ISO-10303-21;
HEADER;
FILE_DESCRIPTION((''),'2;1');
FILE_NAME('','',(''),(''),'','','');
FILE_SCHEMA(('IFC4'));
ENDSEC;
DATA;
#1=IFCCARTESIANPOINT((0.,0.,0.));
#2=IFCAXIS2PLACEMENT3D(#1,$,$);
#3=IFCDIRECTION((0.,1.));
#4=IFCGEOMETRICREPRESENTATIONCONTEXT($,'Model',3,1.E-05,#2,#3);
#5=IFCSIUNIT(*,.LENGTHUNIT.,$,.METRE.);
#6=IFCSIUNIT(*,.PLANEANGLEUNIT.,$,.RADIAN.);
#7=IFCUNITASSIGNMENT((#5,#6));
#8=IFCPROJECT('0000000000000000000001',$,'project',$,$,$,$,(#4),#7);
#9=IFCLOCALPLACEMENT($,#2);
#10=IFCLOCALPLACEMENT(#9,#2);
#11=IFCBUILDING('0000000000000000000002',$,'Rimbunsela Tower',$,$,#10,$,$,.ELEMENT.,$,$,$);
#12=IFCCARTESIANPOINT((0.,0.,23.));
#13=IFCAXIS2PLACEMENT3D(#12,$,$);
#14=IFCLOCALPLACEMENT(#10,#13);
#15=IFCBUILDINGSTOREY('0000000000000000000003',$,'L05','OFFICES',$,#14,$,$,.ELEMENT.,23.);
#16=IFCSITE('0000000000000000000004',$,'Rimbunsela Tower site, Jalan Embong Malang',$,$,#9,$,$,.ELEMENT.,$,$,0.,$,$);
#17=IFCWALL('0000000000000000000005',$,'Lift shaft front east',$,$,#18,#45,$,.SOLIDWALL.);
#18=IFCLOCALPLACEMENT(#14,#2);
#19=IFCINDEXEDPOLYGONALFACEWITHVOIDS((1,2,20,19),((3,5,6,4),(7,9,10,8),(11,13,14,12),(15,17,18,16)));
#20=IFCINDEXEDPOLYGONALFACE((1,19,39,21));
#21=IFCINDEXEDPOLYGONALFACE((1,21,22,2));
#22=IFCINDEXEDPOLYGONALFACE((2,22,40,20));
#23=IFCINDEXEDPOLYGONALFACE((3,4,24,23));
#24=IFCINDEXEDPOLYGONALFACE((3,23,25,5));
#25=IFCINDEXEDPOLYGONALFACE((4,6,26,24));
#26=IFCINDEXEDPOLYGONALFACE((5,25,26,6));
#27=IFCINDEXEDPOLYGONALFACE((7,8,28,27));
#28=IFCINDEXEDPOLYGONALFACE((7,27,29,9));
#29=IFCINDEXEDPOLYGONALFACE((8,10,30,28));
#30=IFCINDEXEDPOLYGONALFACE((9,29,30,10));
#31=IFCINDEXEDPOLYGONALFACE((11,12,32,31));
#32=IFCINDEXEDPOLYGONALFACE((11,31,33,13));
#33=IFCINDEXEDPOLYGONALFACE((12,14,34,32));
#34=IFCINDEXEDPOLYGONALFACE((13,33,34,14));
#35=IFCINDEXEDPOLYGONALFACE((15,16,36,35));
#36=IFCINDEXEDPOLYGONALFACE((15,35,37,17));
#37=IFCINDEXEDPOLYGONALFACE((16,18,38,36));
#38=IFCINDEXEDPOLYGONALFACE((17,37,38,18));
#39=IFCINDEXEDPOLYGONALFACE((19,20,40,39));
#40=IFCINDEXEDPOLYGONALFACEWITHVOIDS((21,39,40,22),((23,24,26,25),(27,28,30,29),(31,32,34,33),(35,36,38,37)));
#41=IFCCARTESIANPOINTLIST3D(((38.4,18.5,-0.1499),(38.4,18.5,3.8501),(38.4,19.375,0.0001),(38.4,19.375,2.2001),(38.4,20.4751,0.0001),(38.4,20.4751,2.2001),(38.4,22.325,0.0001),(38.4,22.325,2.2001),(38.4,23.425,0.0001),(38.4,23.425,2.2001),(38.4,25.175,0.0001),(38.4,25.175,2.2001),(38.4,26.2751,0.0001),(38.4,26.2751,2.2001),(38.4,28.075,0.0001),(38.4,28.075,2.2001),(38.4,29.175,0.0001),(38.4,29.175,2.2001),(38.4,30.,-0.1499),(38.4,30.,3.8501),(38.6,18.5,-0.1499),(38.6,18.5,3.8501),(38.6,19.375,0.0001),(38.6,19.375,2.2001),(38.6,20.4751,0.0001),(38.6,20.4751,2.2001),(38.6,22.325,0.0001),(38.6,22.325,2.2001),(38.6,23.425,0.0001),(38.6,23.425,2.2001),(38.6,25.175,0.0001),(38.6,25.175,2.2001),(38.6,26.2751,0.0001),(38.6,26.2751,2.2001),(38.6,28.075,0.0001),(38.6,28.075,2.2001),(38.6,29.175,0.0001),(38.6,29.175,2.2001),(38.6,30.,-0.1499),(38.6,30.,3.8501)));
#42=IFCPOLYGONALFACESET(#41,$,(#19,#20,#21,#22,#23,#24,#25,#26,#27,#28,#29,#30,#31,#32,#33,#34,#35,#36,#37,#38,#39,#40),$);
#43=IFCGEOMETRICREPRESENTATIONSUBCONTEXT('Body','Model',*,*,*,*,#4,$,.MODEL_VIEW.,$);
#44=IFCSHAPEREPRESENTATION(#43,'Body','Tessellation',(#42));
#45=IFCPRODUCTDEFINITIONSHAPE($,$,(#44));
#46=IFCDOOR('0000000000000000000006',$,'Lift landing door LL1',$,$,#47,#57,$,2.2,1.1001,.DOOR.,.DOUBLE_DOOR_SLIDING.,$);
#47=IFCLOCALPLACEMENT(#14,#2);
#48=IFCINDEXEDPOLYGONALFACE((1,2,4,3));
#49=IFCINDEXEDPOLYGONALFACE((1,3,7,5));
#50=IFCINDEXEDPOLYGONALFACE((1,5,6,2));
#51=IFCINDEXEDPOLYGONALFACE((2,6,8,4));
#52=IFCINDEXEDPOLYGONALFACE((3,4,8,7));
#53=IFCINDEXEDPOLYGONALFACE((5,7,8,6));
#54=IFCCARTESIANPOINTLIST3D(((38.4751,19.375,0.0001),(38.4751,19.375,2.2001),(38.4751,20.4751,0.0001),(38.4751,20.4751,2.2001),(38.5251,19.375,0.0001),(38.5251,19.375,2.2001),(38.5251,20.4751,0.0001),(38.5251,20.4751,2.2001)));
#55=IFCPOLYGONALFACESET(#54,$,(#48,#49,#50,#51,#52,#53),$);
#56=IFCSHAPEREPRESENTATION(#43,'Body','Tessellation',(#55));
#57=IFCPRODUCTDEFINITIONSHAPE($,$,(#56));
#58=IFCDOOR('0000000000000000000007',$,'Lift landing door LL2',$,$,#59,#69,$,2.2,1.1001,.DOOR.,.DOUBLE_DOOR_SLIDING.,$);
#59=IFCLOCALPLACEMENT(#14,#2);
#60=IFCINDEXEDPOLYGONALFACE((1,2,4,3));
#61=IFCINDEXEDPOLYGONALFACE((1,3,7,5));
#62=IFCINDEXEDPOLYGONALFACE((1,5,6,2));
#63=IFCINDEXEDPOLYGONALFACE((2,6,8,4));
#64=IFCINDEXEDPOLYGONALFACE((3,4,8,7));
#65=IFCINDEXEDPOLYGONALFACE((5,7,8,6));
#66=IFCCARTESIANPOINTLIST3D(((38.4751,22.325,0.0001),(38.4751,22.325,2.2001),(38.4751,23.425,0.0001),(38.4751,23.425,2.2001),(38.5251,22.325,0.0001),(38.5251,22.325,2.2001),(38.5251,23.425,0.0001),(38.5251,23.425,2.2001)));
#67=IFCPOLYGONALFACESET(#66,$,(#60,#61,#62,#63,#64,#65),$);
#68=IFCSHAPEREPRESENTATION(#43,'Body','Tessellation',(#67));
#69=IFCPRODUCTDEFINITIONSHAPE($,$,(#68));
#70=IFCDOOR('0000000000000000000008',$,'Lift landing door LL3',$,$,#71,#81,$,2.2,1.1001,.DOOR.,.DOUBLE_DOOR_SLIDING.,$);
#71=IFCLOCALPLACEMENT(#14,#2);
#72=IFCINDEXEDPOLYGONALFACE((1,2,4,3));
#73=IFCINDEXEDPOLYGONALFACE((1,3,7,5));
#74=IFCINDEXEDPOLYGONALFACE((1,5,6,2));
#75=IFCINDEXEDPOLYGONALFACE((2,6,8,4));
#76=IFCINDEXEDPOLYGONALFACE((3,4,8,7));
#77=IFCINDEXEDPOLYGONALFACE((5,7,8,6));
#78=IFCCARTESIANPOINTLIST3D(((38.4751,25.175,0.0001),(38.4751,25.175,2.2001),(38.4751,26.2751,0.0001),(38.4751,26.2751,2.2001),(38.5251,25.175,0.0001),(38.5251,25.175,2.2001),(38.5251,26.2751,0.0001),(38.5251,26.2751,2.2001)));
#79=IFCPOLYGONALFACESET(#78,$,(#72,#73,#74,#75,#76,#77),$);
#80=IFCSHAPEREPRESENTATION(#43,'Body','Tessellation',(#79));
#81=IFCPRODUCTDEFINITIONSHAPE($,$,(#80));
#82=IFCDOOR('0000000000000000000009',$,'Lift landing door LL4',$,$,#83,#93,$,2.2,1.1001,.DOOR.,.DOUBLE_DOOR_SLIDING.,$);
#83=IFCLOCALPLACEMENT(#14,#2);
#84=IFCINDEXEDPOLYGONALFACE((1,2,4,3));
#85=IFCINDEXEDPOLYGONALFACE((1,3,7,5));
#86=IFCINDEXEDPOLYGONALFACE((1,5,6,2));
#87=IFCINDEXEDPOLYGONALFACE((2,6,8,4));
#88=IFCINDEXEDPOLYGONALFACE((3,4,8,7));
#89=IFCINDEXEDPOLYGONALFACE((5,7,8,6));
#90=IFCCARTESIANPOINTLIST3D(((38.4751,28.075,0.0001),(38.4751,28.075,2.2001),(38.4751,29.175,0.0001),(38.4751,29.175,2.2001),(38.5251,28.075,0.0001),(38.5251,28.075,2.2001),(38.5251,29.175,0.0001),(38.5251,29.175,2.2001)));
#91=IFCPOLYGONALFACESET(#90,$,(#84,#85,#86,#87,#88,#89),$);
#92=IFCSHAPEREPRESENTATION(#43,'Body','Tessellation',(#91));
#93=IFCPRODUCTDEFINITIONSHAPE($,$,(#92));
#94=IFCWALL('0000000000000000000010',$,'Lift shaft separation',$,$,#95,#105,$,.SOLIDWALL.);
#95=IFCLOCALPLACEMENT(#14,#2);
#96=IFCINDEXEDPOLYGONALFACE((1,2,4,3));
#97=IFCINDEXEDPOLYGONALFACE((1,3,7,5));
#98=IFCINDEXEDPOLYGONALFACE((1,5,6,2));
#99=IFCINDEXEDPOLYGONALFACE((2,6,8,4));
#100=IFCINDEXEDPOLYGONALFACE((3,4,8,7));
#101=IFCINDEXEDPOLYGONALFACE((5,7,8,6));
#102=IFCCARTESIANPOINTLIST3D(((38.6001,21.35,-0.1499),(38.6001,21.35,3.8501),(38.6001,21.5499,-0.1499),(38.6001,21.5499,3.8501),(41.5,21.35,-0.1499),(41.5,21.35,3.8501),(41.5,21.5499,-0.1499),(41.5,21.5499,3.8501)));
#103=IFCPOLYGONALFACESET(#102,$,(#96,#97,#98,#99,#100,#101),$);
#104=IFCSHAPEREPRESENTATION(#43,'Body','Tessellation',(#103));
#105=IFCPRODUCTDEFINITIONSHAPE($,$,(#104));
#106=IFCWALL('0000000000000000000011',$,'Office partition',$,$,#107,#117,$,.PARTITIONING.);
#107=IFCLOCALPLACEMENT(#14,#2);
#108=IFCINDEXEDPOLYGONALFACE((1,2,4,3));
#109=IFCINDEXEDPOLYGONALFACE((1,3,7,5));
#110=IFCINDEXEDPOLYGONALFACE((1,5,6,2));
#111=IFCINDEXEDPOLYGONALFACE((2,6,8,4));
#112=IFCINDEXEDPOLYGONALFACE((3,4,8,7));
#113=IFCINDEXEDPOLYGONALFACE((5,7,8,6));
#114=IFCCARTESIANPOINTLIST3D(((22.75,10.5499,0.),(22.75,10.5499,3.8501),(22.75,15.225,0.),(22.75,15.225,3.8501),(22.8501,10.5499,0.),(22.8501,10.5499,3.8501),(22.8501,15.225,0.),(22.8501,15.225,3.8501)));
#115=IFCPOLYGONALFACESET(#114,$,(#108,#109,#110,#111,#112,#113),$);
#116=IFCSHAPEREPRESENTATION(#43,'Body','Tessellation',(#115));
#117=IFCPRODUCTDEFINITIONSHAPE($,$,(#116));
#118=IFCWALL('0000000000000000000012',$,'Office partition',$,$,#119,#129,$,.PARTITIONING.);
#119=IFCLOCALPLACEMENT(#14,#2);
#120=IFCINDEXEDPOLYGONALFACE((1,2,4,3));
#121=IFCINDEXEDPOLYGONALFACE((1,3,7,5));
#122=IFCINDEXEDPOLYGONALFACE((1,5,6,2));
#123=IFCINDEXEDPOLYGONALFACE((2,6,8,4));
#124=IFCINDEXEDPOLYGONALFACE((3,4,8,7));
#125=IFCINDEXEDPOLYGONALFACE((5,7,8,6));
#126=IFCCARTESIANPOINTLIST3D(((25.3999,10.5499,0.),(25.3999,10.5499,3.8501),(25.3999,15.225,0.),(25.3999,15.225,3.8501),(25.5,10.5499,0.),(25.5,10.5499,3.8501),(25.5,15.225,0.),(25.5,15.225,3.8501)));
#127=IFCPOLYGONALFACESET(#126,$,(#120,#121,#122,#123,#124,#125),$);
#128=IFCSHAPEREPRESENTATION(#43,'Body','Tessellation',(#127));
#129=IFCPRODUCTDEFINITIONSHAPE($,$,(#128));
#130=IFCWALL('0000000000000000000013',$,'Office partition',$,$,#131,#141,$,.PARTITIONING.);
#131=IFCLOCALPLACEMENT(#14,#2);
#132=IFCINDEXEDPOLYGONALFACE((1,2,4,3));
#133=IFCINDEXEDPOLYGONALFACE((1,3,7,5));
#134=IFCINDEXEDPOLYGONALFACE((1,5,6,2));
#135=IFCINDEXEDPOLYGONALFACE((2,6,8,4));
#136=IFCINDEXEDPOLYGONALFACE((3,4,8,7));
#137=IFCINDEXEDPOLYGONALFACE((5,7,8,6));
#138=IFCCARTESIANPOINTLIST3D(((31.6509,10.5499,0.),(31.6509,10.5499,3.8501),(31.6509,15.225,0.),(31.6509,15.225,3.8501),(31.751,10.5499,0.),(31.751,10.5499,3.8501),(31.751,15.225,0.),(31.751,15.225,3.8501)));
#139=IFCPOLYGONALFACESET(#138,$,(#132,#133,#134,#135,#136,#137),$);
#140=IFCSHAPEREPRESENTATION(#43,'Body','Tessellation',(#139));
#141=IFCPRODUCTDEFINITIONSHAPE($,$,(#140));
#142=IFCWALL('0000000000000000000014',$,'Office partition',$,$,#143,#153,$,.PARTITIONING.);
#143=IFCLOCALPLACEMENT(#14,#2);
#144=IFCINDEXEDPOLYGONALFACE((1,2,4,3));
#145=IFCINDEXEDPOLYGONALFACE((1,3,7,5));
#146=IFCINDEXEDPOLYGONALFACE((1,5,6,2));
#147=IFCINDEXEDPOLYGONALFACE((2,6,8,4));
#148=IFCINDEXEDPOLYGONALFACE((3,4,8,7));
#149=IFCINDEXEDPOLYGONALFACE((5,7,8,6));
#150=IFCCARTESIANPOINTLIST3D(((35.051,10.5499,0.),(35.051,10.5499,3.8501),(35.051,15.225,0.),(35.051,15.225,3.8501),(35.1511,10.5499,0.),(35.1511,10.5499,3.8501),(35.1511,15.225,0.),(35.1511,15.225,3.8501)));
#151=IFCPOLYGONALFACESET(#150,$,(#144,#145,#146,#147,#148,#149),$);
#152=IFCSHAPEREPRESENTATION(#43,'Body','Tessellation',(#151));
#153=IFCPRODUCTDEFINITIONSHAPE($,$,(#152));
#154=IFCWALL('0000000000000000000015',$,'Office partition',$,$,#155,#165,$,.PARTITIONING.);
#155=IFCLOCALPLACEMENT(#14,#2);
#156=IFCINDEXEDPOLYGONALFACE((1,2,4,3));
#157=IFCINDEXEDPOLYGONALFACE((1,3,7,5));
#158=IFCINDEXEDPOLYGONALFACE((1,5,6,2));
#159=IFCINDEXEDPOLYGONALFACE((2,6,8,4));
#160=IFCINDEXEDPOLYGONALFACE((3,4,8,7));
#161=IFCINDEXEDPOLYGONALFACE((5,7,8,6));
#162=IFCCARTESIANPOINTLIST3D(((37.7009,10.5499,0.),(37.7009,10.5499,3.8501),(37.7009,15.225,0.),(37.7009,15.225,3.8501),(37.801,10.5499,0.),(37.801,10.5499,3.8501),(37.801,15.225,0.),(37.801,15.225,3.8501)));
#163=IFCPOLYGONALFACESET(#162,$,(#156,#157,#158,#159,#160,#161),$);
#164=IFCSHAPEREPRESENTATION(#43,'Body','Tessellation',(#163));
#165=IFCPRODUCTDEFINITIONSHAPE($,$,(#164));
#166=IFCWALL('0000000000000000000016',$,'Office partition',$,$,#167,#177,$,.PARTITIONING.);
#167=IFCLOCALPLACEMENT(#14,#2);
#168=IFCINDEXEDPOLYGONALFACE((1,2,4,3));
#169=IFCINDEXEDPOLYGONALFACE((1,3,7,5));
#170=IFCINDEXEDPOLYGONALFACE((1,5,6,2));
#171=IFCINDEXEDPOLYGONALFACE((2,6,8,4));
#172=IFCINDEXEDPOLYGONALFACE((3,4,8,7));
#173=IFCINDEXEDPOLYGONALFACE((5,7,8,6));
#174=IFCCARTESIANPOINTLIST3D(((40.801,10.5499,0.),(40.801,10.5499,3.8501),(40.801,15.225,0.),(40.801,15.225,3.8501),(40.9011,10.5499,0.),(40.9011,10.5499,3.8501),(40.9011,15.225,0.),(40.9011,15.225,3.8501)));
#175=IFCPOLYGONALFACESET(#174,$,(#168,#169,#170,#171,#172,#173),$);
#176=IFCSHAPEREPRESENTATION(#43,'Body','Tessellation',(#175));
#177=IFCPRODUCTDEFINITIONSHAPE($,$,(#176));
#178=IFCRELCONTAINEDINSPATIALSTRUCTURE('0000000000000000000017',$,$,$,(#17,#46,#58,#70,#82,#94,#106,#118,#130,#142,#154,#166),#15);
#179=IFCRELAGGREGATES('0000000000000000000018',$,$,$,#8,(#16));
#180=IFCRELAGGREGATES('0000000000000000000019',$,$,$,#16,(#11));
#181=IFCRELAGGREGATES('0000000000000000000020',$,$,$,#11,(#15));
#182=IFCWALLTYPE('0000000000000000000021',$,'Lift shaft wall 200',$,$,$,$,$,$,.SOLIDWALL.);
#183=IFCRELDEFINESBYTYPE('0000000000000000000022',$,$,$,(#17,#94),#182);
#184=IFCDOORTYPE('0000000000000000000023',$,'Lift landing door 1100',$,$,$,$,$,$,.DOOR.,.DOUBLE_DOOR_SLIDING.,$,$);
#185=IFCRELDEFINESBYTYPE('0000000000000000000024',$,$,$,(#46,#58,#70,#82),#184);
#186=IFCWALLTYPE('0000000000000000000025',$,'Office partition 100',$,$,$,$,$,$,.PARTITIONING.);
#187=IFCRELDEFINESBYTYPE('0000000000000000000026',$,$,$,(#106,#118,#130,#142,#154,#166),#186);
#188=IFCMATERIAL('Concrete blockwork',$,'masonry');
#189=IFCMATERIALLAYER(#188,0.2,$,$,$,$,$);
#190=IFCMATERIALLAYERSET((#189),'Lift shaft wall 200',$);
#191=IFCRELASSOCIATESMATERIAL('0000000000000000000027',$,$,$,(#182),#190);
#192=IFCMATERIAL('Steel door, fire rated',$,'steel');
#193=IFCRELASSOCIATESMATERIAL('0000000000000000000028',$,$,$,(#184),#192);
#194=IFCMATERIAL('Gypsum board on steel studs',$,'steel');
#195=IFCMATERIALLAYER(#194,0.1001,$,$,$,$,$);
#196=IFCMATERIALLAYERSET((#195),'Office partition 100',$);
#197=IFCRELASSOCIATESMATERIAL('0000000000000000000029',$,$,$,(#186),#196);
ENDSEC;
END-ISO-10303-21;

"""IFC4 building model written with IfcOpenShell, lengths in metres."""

from ifc_helpers import new_model, si_unit, direction, frame, frame_2d, origin, place, context, subcontext, project, spatial, rectangle, extrude, material, layer, layer_set, type_object, element, fill, save


model = new_model("IFC4")

# Units and contexts
model_context = context("Model", 3, precision=1e-05, world=origin(), true_north=direction((0.0, 1.0)))
body_context = subcontext(model_context, "Body", "Model", "MODEL_VIEW")
ifc_project = project(units=[si_unit("LENGTHUNIT", "METRE"), si_unit("PLANEANGLEUNIT", "RADIAN")], contexts=[model_context])

# Site, building, storey
site_placement = place(None, origin())
site = spatial("IfcSite", under=ifc_project, at=site_placement, Name="Rimbunsela Tower site, Jalan Embong Malang", CompositionType="ELEMENT", RefElevation=0.0)
building_placement = place(site_placement, origin())
building = spatial("IfcBuilding", under=site, at=building_placement, Name="Rimbunsela Tower", CompositionType="ELEMENT")
storey_placement = place(building_placement, frame((0.0, 0.0, 23.0)))
storey = spatial("IfcBuildingStorey", under=building, at=storey_placement, Name="L05", Description="OFFICES", CompositionType="ELEMENT", Elevation=23.0)

# Wall, openings, doors
ifc_material_1 = material(Name="Concrete blockwork", Category="masonry")
ifc_layer_1 = layer(ifc_material_1, 0.2)
ifc_layer_set_1 = layer_set([ifc_layer_1], Name="Lift shaft wall 200")
wall_type_1 = type_object("IfcWallType", Name="Lift shaft wall 200", PredefinedType="SOLIDWALL", material=ifc_layer_set_1)
wall_1_placement = place(storey_placement, frame((38.5, 18.5, -0.1499), z_axis=(0.0, 0.0, 1.0), x_axis=(0.0, 1.0, 0.0)))
wall_1 = element("IfcWall", 1, at=wall_1_placement, inside=storey, type_object=wall_type_1, Name="Lift shaft front east", PredefinedType="SOLIDWALL", context=body_context, shape_type="SweptSolid", body=[
    extrude(rectangle(XDim=11.5, YDim=0.2, at=frame_2d((5.75, 0.0))), origin(), (0.0, 0.0, 1.0), 4.0),
])
opening_1_placement = place(wall_1_placement, frame((0.875, 0.0, 0.1499)))
opening_1 = element("IfcOpeningElement", 2, at=opening_1_placement, cuts=wall_1, PredefinedType="OPENING", context=body_context, shape_type="SweptSolid", body=[
    extrude(rectangle(XDim=1.1001, YDim=2.2, at=frame_2d((0.55, 1.1001))), frame((0.0, 0.1099, 0.0), z_axis=(0.0, -1.0, 0.0), x_axis=(1.0, 0.0, 0.0)), (0.0, 0.0, 1.0), 0.22),
])
opening_2_placement = place(wall_1_placement, frame((3.825, 0.0, 0.1499)))
opening_2 = element("IfcOpeningElement", 3, at=opening_2_placement, cuts=wall_1, PredefinedType="OPENING", context=body_context, shape_type="SweptSolid", body=[
    extrude(rectangle(XDim=1.1001, YDim=2.2, at=frame_2d((0.55, 1.1001))), frame((0.0, 0.1099, 0.0), z_axis=(0.0, -1.0, 0.0), x_axis=(1.0, 0.0, 0.0)), (0.0, 0.0, 1.0), 0.22),
])
opening_3_placement = place(wall_1_placement, frame((6.675, 0.0, 0.1499)))
opening_3 = element("IfcOpeningElement", 4, at=opening_3_placement, cuts=wall_1, PredefinedType="OPENING", context=body_context, shape_type="SweptSolid", body=[
    extrude(rectangle(XDim=1.1001, YDim=2.2, at=frame_2d((0.55, 1.1001))), frame((0.0, 0.1099, 0.0), z_axis=(0.0, -1.0, 0.0), x_axis=(1.0, 0.0, 0.0)), (0.0, 0.0, 1.0), 0.22),
])
opening_4_placement = place(wall_1_placement, frame((9.575, 0.0, 0.1499)))
opening_4 = element("IfcOpeningElement", 5, at=opening_4_placement, cuts=wall_1, PredefinedType="OPENING", context=body_context, shape_type="SweptSolid", body=[
    extrude(rectangle(XDim=1.1001, YDim=2.2, at=frame_2d((0.55, 1.1001))), frame((0.0, 0.1099, 0.0), z_axis=(0.0, -1.0, 0.0), x_axis=(1.0, 0.0, 0.0)), (0.0, 0.0, 1.0), 0.22),
])
ifc_material_2 = material(Name="Steel door, fire rated", Category="steel")
door_type_1 = type_object("IfcDoorType", Name="Lift landing door 1100", OperationType="DOUBLE_DOOR_SLIDING", PredefinedType="DOOR", material=ifc_material_2)
door_1_placement = place(opening_1_placement, origin())
door_1 = element("IfcDoor", 6, at=door_1_placement, inside=storey, type_object=door_type_1, Name="Lift landing door LL1", OperationType="DOUBLE_DOOR_SLIDING", OverallHeight=2.2, OverallWidth=1.1001, PredefinedType="DOOR", context=body_context, shape_type="SweptSolid", body=[
    extrude(rectangle(XDim=1.1001, YDim=2.2, at=frame_2d((0.55, 1.1001))), frame((0.0, 0.0249, 0.0), z_axis=(0.0, -1.0, 0.0), x_axis=(1.0, 0.0, 0.0)), (0.0, 0.0, 1.0), 0.05),
])
fill(opening_1, door_1)
door_2_placement = place(opening_2_placement, origin())
door_2 = element("IfcDoor", 7, at=door_2_placement, inside=storey, type_object=door_type_1, Name="Lift landing door LL2", OperationType="DOUBLE_DOOR_SLIDING", OverallHeight=2.2, OverallWidth=1.1001, PredefinedType="DOOR", context=body_context, shape_type="SweptSolid", body=[
    extrude(rectangle(XDim=1.1001, YDim=2.2, at=frame_2d((0.55, 1.1001))), frame((0.0, 0.0249, 0.0), z_axis=(0.0, -1.0, 0.0), x_axis=(1.0, 0.0, 0.0)), (0.0, 0.0, 1.0), 0.05),
])
fill(opening_2, door_2)
door_3_placement = place(opening_3_placement, origin())
door_3 = element("IfcDoor", 8, at=door_3_placement, inside=storey, type_object=door_type_1, Name="Lift landing door LL3", OperationType="DOUBLE_DOOR_SLIDING", OverallHeight=2.2, OverallWidth=1.1001, PredefinedType="DOOR", context=body_context, shape_type="SweptSolid", body=[
    extrude(rectangle(XDim=1.1001, YDim=2.2, at=frame_2d((0.55, 1.1001))), frame((0.0, 0.0249, 0.0), z_axis=(0.0, -1.0, 0.0), x_axis=(1.0, 0.0, 0.0)), (0.0, 0.0, 1.0), 0.05),
])
fill(opening_3, door_3)
door_4_placement = place(opening_4_placement, origin())
door_4 = element("IfcDoor", 9, at=door_4_placement, inside=storey, type_object=door_type_1, Name="Lift landing door LL4", OperationType="DOUBLE_DOOR_SLIDING", OverallHeight=2.2, OverallWidth=1.1001, PredefinedType="DOOR", context=body_context, shape_type="SweptSolid", body=[
    extrude(rectangle(XDim=1.1001, YDim=2.2, at=frame_2d((0.55, 1.1001))), frame((0.0, 0.0249, 0.0), z_axis=(0.0, -1.0, 0.0), x_axis=(1.0, 0.0, 0.0)), (0.0, 0.0, 1.0), 0.05),
])
fill(opening_4, door_4)

# Walls
wall_2_placement = place(storey_placement, frame((38.6001, 21.45, -0.1499), z_axis=(0.0, 0.0, 1.0), x_axis=(1.0, 0.0, 0.0)))
element("IfcWall", 10, at=wall_2_placement, inside=storey, type_object=wall_type_1, Name="Lift shaft separation", PredefinedType="SOLIDWALL", context=body_context, shape_type="SweptSolid", body=[
    extrude(rectangle(XDim=2.8999, YDim=0.2, at=frame_2d((1.45, 0.0))), origin(), (0.0, 0.0, 1.0), 4.0),
])
ifc_material_3 = material(Name="Gypsum board on steel studs", Category="steel")
ifc_layer_2 = layer(ifc_material_3, 0.1001)
ifc_layer_set_2 = layer_set([ifc_layer_2], Name="Office partition 100")
wall_type_2 = type_object("IfcWallType", Name="Office partition 100", PredefinedType="PARTITIONING", material=ifc_layer_set_2)
for number, where, z_axis, x_axis, name in (
    (11, (22.8, 10.55, 0.0), (0.0, 0.0, 1.0), (0.0, 1.0, 0.0), "Office partition"),
    (12, (25.45, 10.55, 0.0), (0.0, 0.0, 1.0), (0.0, 1.0, 0.0), "Office partition"),
    (13, (31.7009, 10.55, 0.0), (0.0, 0.0, 1.0), (0.0, 1.0, 0.0), "Office partition"),
    (14, (35.1011, 10.55, 0.0), (0.0, 0.0, 1.0), (0.0, 1.0, 0.0), "Office partition"),
    (15, (37.751, 10.55, 0.0), (0.0, 0.0, 1.0), (0.0, 1.0, 0.0), "Office partition"),
    (16, (40.8511, 10.55, 0.0), (0.0, 0.0, 1.0), (0.0, 1.0, 0.0), "Office partition"),
):
    element("IfcWall", number, at=place(storey_placement, frame(where, z_axis=z_axis, x_axis=x_axis)), inside=storey, type_object=wall_type_2, Name=name, PredefinedType="PARTITIONING", context=body_context, shape_type="SweptSolid", body=[
        extrude(rectangle(XDim=4.675, YDim=0.1001, at=frame_2d((2.3374, 0.0))), origin(), (0.0, 0.0, 1.0), 3.8501),
    ])

save(model, "model.ifc")
